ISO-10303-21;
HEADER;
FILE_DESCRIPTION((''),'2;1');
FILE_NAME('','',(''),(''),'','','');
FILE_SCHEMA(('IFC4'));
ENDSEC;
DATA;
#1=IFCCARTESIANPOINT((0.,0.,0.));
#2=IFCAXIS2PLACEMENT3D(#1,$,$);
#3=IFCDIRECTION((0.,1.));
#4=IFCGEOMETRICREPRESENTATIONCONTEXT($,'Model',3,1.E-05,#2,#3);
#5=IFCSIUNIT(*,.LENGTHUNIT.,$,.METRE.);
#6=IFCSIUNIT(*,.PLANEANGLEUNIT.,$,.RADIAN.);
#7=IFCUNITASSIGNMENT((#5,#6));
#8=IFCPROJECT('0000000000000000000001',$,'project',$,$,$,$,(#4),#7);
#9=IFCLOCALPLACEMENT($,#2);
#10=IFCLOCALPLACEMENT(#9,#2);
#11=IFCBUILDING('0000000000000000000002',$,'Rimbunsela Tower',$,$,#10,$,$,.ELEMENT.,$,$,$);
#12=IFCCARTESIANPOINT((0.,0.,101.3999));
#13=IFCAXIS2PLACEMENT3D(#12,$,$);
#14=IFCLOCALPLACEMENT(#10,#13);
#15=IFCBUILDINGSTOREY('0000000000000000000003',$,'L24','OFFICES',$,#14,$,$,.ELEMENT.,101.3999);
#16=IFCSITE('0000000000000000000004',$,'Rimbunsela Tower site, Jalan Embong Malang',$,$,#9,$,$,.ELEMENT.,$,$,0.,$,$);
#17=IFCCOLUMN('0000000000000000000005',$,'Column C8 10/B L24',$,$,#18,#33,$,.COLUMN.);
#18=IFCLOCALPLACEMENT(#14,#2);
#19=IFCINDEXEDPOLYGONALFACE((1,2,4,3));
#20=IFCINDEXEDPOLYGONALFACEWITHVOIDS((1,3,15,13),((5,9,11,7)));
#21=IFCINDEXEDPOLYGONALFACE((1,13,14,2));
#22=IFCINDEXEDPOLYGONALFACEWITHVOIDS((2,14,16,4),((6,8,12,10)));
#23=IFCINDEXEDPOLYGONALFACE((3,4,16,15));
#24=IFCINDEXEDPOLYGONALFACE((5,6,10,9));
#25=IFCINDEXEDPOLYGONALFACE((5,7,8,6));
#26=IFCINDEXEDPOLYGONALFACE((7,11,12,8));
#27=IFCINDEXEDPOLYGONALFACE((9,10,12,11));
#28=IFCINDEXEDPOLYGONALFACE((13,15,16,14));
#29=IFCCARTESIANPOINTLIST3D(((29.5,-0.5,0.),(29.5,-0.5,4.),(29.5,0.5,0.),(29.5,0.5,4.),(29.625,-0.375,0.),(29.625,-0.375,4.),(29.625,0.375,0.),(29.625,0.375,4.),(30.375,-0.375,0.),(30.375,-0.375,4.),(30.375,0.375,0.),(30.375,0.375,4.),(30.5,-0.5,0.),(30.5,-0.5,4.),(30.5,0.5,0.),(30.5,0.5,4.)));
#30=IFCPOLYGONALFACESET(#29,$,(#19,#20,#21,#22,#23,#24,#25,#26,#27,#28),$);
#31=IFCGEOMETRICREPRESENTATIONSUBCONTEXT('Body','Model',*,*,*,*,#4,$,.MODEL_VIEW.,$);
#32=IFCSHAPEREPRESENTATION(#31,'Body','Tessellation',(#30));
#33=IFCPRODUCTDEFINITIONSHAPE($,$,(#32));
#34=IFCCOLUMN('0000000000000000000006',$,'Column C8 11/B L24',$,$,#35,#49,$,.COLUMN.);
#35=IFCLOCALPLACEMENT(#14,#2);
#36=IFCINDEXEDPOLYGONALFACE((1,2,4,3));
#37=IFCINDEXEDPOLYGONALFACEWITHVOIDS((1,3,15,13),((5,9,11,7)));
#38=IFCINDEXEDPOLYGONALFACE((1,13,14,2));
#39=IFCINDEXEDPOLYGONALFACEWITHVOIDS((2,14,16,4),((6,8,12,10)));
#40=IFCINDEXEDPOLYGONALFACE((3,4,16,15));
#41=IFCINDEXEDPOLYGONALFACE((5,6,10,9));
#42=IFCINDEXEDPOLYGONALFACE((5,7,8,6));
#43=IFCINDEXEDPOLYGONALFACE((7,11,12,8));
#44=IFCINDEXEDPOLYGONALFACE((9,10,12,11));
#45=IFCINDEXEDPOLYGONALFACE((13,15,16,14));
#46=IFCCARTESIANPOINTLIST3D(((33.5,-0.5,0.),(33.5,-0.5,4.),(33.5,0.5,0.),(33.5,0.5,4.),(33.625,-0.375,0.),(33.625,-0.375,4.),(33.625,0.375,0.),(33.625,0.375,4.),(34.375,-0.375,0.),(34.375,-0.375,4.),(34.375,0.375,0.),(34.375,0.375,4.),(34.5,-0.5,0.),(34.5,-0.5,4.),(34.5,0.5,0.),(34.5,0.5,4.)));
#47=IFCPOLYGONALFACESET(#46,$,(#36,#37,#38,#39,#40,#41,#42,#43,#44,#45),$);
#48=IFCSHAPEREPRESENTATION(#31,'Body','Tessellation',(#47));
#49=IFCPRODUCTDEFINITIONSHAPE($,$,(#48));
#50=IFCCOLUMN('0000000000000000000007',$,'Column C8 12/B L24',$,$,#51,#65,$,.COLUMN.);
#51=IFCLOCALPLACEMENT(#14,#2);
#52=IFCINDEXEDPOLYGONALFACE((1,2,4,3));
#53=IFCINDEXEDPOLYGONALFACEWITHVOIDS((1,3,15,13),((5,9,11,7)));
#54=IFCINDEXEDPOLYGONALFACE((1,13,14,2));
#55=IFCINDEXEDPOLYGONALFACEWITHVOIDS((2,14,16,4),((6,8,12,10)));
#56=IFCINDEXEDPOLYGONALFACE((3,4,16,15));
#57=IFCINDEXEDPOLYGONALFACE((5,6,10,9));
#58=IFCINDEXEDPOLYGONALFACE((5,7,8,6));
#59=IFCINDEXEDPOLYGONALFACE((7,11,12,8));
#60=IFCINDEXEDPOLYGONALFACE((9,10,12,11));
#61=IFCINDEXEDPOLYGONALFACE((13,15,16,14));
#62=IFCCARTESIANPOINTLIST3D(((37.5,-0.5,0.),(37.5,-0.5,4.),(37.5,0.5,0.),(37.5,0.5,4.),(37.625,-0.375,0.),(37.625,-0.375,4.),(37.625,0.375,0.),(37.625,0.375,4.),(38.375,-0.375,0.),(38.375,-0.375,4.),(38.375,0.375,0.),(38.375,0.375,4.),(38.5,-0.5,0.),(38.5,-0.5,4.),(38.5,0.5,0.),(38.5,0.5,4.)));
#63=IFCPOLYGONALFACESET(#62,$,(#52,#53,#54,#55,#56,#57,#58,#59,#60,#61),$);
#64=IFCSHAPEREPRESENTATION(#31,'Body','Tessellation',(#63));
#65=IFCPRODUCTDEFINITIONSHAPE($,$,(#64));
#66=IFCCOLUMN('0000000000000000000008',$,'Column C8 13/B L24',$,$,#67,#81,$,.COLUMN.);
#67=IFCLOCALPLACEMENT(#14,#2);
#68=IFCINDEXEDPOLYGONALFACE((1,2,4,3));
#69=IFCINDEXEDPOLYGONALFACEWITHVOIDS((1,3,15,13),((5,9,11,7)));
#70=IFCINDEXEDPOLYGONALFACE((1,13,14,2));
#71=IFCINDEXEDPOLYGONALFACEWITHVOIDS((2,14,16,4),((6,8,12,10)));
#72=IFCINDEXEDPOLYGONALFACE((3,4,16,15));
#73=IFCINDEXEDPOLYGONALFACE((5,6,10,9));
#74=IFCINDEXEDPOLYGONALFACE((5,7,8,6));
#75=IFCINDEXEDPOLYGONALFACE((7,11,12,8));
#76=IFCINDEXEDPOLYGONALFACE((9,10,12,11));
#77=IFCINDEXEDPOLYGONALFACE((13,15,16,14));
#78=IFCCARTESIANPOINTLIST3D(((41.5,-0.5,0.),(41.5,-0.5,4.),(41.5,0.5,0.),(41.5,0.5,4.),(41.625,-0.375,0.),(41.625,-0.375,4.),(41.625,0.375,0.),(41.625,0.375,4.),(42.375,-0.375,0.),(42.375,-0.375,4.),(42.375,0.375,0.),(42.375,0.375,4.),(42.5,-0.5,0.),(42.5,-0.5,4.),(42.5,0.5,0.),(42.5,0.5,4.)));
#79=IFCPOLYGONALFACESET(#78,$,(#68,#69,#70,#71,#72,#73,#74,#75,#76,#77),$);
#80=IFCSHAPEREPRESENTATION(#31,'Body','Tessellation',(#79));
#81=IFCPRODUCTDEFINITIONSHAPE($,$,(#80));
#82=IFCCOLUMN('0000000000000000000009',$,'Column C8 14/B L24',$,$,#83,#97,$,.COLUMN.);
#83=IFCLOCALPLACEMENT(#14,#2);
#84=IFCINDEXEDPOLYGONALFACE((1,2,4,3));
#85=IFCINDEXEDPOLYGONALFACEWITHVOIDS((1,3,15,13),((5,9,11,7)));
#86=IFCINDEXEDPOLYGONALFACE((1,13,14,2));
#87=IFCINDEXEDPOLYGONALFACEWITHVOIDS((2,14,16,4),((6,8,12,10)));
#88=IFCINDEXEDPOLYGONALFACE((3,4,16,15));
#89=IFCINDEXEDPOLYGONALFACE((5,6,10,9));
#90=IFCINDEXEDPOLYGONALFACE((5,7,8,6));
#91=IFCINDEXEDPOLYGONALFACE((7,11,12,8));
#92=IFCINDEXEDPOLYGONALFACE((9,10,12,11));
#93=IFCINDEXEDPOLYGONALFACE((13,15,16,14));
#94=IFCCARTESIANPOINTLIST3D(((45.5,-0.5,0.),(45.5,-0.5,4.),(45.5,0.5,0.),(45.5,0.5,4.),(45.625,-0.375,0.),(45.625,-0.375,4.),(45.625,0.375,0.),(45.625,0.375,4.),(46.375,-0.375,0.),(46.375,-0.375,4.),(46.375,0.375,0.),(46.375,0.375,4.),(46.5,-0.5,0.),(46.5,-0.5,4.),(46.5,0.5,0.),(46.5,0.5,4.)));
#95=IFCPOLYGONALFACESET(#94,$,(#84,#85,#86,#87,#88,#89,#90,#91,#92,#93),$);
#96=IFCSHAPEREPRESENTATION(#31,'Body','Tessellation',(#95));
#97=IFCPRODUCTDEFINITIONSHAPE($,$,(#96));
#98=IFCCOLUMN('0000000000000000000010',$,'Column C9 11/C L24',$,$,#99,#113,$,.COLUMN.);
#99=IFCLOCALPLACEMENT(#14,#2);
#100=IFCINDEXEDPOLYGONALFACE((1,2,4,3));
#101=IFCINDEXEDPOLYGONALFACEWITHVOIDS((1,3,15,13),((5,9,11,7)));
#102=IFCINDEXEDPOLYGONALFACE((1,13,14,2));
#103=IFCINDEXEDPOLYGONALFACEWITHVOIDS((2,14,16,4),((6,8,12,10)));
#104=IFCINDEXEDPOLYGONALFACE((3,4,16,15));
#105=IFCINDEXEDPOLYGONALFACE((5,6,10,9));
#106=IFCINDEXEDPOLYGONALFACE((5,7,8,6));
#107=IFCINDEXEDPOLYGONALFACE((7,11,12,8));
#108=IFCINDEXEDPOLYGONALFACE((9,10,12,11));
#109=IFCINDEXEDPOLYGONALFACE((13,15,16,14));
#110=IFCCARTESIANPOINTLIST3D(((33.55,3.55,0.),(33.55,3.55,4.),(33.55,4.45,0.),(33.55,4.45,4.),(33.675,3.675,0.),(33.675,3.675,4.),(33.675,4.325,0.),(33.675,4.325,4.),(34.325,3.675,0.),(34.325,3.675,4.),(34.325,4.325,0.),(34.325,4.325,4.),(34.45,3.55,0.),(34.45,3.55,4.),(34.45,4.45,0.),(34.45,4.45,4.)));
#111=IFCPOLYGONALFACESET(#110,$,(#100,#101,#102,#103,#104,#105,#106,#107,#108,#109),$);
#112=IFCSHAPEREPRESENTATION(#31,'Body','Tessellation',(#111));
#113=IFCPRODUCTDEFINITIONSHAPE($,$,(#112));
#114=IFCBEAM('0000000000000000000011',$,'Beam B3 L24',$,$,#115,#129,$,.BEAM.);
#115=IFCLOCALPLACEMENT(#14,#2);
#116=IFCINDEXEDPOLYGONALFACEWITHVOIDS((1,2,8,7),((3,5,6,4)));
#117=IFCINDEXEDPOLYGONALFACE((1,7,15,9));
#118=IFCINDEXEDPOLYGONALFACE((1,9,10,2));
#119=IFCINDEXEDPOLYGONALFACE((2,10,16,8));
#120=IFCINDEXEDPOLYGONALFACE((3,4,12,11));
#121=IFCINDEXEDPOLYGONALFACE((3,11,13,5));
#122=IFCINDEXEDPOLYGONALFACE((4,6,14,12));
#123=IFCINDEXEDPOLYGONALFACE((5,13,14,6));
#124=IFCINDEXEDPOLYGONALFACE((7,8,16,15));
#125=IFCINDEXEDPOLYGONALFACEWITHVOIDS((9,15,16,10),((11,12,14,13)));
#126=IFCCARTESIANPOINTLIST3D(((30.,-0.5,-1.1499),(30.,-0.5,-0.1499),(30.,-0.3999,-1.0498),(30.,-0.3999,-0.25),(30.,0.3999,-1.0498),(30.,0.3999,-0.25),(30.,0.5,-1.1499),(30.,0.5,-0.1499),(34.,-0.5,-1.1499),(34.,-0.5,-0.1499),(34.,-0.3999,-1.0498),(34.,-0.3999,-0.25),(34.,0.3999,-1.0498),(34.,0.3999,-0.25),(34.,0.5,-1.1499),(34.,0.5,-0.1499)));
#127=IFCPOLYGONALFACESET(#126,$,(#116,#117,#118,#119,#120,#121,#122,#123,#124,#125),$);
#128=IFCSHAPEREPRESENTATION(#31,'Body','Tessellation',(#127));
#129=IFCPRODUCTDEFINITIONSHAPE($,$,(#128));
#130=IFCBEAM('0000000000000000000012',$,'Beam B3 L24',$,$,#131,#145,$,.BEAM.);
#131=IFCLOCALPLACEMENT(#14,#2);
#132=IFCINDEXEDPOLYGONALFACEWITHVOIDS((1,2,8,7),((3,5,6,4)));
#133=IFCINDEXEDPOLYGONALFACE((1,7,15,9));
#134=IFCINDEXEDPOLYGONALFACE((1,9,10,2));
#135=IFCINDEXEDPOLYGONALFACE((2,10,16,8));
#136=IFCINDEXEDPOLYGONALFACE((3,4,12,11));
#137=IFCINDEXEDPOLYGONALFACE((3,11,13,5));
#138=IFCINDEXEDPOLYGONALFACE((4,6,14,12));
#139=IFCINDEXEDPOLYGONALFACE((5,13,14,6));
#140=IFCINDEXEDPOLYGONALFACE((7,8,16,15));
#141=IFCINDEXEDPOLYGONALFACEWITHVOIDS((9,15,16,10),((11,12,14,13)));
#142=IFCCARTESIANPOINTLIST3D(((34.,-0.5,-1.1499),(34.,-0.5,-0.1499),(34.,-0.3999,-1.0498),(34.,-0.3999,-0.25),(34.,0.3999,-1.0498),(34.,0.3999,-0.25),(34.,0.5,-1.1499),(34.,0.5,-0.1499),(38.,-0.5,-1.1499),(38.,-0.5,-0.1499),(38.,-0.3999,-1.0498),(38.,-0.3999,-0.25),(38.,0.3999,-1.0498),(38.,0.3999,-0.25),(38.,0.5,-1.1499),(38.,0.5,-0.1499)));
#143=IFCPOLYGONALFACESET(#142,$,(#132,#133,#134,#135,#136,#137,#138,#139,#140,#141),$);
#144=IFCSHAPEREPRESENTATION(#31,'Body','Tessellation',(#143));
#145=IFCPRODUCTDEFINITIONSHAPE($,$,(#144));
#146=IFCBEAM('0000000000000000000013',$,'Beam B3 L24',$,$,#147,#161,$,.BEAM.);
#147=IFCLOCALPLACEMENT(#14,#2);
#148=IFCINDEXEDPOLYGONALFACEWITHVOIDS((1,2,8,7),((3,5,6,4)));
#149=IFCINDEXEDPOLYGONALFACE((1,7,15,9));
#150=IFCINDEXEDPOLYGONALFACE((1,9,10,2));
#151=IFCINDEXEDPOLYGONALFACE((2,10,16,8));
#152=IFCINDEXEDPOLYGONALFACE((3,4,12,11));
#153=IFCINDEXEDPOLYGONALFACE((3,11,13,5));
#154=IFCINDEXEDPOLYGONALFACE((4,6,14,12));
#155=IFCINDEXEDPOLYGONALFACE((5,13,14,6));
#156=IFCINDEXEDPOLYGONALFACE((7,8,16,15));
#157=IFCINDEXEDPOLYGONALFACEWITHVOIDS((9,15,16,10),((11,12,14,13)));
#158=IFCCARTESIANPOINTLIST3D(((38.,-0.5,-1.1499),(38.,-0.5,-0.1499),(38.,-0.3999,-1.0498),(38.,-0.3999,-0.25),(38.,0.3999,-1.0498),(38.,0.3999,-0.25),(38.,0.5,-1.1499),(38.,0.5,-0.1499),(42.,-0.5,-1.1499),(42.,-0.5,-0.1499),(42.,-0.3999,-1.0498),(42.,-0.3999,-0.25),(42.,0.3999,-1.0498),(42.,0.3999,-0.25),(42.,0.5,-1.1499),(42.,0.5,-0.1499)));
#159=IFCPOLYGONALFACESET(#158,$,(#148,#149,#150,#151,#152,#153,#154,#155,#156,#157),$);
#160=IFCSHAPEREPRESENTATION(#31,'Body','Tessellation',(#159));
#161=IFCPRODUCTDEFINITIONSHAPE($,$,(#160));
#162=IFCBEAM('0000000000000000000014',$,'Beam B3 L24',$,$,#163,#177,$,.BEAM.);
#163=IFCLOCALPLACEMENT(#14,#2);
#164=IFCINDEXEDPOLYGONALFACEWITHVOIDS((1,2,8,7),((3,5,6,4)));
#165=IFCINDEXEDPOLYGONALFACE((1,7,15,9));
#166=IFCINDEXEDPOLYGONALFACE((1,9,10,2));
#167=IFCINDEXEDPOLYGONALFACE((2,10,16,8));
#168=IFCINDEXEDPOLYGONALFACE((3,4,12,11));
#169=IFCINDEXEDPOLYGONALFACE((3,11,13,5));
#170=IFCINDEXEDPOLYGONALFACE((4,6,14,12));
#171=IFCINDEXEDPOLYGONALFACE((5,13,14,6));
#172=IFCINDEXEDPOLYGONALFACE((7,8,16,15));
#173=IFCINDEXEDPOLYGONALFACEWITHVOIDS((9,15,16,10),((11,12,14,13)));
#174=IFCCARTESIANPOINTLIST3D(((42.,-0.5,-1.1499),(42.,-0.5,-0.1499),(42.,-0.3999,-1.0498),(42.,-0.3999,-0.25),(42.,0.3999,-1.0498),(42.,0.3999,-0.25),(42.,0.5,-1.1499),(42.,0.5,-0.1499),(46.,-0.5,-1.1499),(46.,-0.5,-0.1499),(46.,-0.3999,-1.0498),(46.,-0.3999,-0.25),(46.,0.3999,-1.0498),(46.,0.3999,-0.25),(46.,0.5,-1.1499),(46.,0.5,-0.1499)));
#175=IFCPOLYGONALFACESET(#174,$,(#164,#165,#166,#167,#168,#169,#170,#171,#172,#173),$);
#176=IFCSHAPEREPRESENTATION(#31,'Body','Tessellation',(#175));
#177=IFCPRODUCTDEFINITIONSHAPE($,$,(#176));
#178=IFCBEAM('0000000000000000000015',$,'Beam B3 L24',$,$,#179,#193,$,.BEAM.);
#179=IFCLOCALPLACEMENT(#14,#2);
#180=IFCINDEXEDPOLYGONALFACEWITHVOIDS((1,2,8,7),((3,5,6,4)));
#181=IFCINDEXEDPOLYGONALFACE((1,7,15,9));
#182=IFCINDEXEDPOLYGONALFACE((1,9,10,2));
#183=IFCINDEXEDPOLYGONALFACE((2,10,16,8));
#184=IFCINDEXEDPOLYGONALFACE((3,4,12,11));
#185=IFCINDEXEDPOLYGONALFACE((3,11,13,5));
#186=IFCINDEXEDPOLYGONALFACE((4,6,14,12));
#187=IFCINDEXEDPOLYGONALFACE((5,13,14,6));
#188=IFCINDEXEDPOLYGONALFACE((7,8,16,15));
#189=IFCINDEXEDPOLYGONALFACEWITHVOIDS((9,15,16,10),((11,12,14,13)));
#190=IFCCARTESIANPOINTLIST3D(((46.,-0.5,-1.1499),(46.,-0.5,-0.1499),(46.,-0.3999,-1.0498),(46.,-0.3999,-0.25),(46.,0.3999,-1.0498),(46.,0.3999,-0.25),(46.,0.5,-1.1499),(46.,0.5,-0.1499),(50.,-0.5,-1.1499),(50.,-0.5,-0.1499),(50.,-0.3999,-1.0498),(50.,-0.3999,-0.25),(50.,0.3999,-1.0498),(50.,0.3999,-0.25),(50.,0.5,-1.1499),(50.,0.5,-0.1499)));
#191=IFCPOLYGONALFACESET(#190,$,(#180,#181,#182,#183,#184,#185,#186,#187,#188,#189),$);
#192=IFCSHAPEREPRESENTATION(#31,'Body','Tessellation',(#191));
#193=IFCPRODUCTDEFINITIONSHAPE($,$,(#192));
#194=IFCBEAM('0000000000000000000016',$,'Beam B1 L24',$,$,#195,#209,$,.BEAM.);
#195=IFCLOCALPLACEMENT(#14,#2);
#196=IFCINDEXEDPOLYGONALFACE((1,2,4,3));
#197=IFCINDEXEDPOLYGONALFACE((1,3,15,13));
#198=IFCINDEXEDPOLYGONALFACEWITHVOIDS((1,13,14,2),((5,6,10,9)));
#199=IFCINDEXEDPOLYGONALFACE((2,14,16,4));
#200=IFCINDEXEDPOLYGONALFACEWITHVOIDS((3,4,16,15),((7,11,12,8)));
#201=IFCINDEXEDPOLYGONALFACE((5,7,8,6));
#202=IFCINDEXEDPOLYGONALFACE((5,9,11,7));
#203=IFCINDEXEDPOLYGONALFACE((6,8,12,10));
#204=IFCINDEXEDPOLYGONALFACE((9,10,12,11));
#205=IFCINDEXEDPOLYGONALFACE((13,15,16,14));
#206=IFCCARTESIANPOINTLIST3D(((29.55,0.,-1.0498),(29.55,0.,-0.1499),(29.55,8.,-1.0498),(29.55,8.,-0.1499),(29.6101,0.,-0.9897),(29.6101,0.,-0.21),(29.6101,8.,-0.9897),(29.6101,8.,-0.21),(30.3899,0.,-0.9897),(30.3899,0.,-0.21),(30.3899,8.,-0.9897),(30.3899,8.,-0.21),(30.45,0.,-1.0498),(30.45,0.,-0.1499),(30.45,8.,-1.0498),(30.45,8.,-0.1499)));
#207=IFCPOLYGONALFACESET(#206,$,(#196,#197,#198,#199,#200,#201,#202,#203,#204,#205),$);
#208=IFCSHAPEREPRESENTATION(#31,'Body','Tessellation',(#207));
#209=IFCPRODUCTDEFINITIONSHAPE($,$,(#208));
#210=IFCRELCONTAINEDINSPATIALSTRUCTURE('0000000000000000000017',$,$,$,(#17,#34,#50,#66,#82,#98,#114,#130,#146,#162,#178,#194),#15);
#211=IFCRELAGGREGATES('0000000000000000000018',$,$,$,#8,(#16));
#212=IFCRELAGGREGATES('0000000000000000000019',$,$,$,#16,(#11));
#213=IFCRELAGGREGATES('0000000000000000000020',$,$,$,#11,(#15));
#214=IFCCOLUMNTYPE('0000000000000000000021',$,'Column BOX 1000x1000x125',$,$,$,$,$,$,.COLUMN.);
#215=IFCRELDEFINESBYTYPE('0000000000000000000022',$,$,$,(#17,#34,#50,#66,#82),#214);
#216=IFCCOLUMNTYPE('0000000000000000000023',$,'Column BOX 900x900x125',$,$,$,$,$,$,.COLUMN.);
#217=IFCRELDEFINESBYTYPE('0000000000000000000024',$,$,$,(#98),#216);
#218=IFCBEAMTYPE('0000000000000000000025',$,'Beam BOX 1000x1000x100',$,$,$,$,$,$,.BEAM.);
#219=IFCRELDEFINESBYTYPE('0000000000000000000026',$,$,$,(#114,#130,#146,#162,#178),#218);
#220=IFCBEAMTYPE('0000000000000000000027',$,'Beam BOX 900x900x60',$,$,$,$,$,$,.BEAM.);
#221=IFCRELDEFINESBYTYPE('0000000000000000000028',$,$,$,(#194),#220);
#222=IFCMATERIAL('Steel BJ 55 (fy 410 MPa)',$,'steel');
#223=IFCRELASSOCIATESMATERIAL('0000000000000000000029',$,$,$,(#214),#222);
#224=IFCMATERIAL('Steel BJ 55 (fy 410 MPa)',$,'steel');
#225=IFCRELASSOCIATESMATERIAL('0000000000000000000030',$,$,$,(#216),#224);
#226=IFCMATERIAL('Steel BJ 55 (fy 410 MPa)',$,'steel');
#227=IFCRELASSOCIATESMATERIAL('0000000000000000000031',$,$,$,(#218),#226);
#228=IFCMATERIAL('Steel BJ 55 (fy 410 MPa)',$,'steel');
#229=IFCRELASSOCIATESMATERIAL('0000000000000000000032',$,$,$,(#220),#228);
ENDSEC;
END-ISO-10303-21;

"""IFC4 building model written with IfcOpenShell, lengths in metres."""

from ifc_helpers import new_model, si_unit, direction, frame, origin, origin_2d, place, context, subcontext, project, spatial, hollow_rectangle, extrude, material, material_profile, profile_set, type_object, element, save


model = new_model("IFC4")

# Units and contexts
model_context = context("Model", 3, precision=1e-05, world=origin(), true_north=direction((0.0, 1.0)))
body_context = subcontext(model_context, "Body", "Model", "MODEL_VIEW")
ifc_project = project(units=[si_unit("LENGTHUNIT", "METRE"), si_unit("PLANEANGLEUNIT", "RADIAN")], contexts=[model_context])

# Site, building, storey
site_placement = place(None, origin())
site = spatial("IfcSite", under=ifc_project, at=site_placement, Name="Rimbunsela Tower site, Jalan Embong Malang", CompositionType="ELEMENT", RefElevation=0.0)
building_placement = place(site_placement, origin())
building = spatial("IfcBuilding", under=site, at=building_placement, Name="Rimbunsela Tower", CompositionType="ELEMENT")
storey_placement = place(building_placement, frame((0.0, 0.0, 101.3999)))
storey = spatial("IfcBuildingStorey", under=building, at=storey_placement, Name="L24", Description="OFFICES", CompositionType="ELEMENT", Elevation=101.3999)

# Columns
ifc_material_1 = material(Name="Steel BJ 55 (fy 410 MPa)", Category="steel")
ifc_material_profile_1 = material_profile(ifc_material_1, hollow_rectangle(XDim=1.0, YDim=1.0, WallThickness=0.125, at=origin_2d()), Name="BOX 1000x1000x125")
ifc_profile_set_1 = profile_set([ifc_material_profile_1], Name="Steel BJ 55 (fy 410 MPa)")
column_type_1 = type_object("IfcColumnType", Name="Column BOX 1000x1000x125", PredefinedType="COLUMN", material=ifc_profile_set_1)
for number, where, z_axis, x_axis, name in (
    (1, (30.0, 0.0, 0.0), (0.0, 0.0, 1.0), (1.0, 0.0, 0.0), "Column C8 10/B L24"),
    (2, (34.0, 0.0, 0.0), (0.0, 0.0, 1.0), (1.0, 0.0, 0.0), "Column C8 11/B L24"),
    (3, (38.0, 0.0, 0.0), (0.0, 0.0, 1.0), (1.0, 0.0, 0.0), "Column C8 12/B L24"),
    (4, (42.0, 0.0, 0.0), (0.0, 0.0, 1.0), (1.0, 0.0, 0.0), "Column C8 13/B L24"),
    (5, (46.0, 0.0, 0.0), (0.0, 0.0, 1.0), (1.0, 0.0, 0.0), "Column C8 14/B L24"),
):
    element("IfcColumn", number, at=place(storey_placement, frame(where, z_axis=z_axis, x_axis=x_axis)), inside=storey, type_object=column_type_1, Name=name, PredefinedType="COLUMN", context=body_context, shape_type="SweptSolid", body=[
        extrude(hollow_rectangle(XDim=1.0, YDim=1.0, WallThickness=0.125, at=origin_2d()), origin(), (0.0, 0.0, 1.0), 4.0),
    ])
ifc_material_2 = material(Name="Steel BJ 55 (fy 410 MPa)", Category="steel")
ifc_material_profile_2 = material_profile(ifc_material_2, hollow_rectangle(XDim=0.8999, YDim=0.8999, WallThickness=0.125, at=origin_2d()), Name="BOX 900x900x125")
ifc_profile_set_2 = profile_set([ifc_material_profile_2], Name="Steel BJ 55 (fy 410 MPa)")
column_type_2 = type_object("IfcColumnType", Name="Column BOX 900x900x125", PredefinedType="COLUMN", material=ifc_profile_set_2)
column_placement = place(storey_placement, frame((34.0, 4.0, 0.0), z_axis=(0.0, 0.0, 1.0), x_axis=(1.0, 0.0, 0.0)))
element("IfcColumn", 6, at=column_placement, inside=storey, type_object=column_type_2, Name="Column C9 11/C L24", PredefinedType="COLUMN", context=body_context, shape_type="SweptSolid", body=[
    extrude(hollow_rectangle(XDim=0.8999, YDim=0.8999, WallThickness=0.125, at=origin_2d()), origin(), (0.0, 0.0, 1.0), 4.0),
])

# Beams
ifc_material_3 = material(Name="Steel BJ 55 (fy 410 MPa)", Category="steel")
ifc_material_profile_3 = material_profile(ifc_material_3, hollow_rectangle(XDim=1.0, YDim=1.0, WallThickness=0.1001, at=origin_2d()), Name="BOX 1000x1000x100")
ifc_profile_set_3 = profile_set([ifc_material_profile_3], Name="Steel BJ 55 (fy 410 MPa)")
beam_type_1 = type_object("IfcBeamType", Name="Beam BOX 1000x1000x100", PredefinedType="BEAM", material=ifc_profile_set_3)
for number, where, z_axis, x_axis, name in (
    (7, (30.0, 0.0, -0.6499), (1.0, 0.0, 0.0), (0.0, 1.0, 0.0), "Beam B3 L24"),
    (8, (34.0, 0.0, -0.6499), (1.0, 0.0, 0.0), (0.0, 1.0, 0.0), "Beam B3 L24"),
    (9, (38.0, 0.0, -0.6499), (1.0, 0.0, 0.0), (0.0, 1.0, 0.0), "Beam B3 L24"),
    (10, (42.0, 0.0, -0.6499), (1.0, 0.0, 0.0), (0.0, 1.0, 0.0), "Beam B3 L24"),
    (11, (46.0, 0.0, -0.6499), (1.0, 0.0, 0.0), (0.0, 1.0, 0.0), "Beam B3 L24"),
):
    element("IfcBeam", number, at=place(storey_placement, frame(where, z_axis=z_axis, x_axis=x_axis)), inside=storey, type_object=beam_type_1, Name=name, PredefinedType="BEAM", context=body_context, shape_type="SweptSolid", body=[
        extrude(hollow_rectangle(XDim=1.0, YDim=1.0, WallThickness=0.1001, at=origin_2d()), origin(), (0.0, 0.0, 1.0), 4.0),
    ])
ifc_material_4 = material(Name="Steel BJ 55 (fy 410 MPa)", Category="steel")
ifc_material_profile_4 = material_profile(ifc_material_4, hollow_rectangle(XDim=0.8999, YDim=0.8999, WallThickness=0.0601, at=origin_2d()), Name="BOX 900x900x60")
ifc_profile_set_4 = profile_set([ifc_material_profile_4], Name="Steel BJ 55 (fy 410 MPa)")
beam_type_2 = type_object("IfcBeamType", Name="Beam BOX 900x900x60", PredefinedType="BEAM", material=ifc_profile_set_4)
beam_1_placement = place(storey_placement, frame((30.0, 0.0, -0.5999), z_axis=(0.0, 1.0, 0.0), x_axis=(-1.0, 0.0, 0.0)))
element("IfcBeam", 12, at=beam_1_placement, inside=storey, type_object=beam_type_2, Name="Beam B1 L24", PredefinedType="BEAM", context=body_context, shape_type="SweptSolid", body=[
    extrude(hollow_rectangle(XDim=0.8999, YDim=0.8999, WallThickness=0.0601, at=origin_2d()), origin(), (0.0, 0.0, 1.0), 8.0),
])

save(model, "model.ifc")
